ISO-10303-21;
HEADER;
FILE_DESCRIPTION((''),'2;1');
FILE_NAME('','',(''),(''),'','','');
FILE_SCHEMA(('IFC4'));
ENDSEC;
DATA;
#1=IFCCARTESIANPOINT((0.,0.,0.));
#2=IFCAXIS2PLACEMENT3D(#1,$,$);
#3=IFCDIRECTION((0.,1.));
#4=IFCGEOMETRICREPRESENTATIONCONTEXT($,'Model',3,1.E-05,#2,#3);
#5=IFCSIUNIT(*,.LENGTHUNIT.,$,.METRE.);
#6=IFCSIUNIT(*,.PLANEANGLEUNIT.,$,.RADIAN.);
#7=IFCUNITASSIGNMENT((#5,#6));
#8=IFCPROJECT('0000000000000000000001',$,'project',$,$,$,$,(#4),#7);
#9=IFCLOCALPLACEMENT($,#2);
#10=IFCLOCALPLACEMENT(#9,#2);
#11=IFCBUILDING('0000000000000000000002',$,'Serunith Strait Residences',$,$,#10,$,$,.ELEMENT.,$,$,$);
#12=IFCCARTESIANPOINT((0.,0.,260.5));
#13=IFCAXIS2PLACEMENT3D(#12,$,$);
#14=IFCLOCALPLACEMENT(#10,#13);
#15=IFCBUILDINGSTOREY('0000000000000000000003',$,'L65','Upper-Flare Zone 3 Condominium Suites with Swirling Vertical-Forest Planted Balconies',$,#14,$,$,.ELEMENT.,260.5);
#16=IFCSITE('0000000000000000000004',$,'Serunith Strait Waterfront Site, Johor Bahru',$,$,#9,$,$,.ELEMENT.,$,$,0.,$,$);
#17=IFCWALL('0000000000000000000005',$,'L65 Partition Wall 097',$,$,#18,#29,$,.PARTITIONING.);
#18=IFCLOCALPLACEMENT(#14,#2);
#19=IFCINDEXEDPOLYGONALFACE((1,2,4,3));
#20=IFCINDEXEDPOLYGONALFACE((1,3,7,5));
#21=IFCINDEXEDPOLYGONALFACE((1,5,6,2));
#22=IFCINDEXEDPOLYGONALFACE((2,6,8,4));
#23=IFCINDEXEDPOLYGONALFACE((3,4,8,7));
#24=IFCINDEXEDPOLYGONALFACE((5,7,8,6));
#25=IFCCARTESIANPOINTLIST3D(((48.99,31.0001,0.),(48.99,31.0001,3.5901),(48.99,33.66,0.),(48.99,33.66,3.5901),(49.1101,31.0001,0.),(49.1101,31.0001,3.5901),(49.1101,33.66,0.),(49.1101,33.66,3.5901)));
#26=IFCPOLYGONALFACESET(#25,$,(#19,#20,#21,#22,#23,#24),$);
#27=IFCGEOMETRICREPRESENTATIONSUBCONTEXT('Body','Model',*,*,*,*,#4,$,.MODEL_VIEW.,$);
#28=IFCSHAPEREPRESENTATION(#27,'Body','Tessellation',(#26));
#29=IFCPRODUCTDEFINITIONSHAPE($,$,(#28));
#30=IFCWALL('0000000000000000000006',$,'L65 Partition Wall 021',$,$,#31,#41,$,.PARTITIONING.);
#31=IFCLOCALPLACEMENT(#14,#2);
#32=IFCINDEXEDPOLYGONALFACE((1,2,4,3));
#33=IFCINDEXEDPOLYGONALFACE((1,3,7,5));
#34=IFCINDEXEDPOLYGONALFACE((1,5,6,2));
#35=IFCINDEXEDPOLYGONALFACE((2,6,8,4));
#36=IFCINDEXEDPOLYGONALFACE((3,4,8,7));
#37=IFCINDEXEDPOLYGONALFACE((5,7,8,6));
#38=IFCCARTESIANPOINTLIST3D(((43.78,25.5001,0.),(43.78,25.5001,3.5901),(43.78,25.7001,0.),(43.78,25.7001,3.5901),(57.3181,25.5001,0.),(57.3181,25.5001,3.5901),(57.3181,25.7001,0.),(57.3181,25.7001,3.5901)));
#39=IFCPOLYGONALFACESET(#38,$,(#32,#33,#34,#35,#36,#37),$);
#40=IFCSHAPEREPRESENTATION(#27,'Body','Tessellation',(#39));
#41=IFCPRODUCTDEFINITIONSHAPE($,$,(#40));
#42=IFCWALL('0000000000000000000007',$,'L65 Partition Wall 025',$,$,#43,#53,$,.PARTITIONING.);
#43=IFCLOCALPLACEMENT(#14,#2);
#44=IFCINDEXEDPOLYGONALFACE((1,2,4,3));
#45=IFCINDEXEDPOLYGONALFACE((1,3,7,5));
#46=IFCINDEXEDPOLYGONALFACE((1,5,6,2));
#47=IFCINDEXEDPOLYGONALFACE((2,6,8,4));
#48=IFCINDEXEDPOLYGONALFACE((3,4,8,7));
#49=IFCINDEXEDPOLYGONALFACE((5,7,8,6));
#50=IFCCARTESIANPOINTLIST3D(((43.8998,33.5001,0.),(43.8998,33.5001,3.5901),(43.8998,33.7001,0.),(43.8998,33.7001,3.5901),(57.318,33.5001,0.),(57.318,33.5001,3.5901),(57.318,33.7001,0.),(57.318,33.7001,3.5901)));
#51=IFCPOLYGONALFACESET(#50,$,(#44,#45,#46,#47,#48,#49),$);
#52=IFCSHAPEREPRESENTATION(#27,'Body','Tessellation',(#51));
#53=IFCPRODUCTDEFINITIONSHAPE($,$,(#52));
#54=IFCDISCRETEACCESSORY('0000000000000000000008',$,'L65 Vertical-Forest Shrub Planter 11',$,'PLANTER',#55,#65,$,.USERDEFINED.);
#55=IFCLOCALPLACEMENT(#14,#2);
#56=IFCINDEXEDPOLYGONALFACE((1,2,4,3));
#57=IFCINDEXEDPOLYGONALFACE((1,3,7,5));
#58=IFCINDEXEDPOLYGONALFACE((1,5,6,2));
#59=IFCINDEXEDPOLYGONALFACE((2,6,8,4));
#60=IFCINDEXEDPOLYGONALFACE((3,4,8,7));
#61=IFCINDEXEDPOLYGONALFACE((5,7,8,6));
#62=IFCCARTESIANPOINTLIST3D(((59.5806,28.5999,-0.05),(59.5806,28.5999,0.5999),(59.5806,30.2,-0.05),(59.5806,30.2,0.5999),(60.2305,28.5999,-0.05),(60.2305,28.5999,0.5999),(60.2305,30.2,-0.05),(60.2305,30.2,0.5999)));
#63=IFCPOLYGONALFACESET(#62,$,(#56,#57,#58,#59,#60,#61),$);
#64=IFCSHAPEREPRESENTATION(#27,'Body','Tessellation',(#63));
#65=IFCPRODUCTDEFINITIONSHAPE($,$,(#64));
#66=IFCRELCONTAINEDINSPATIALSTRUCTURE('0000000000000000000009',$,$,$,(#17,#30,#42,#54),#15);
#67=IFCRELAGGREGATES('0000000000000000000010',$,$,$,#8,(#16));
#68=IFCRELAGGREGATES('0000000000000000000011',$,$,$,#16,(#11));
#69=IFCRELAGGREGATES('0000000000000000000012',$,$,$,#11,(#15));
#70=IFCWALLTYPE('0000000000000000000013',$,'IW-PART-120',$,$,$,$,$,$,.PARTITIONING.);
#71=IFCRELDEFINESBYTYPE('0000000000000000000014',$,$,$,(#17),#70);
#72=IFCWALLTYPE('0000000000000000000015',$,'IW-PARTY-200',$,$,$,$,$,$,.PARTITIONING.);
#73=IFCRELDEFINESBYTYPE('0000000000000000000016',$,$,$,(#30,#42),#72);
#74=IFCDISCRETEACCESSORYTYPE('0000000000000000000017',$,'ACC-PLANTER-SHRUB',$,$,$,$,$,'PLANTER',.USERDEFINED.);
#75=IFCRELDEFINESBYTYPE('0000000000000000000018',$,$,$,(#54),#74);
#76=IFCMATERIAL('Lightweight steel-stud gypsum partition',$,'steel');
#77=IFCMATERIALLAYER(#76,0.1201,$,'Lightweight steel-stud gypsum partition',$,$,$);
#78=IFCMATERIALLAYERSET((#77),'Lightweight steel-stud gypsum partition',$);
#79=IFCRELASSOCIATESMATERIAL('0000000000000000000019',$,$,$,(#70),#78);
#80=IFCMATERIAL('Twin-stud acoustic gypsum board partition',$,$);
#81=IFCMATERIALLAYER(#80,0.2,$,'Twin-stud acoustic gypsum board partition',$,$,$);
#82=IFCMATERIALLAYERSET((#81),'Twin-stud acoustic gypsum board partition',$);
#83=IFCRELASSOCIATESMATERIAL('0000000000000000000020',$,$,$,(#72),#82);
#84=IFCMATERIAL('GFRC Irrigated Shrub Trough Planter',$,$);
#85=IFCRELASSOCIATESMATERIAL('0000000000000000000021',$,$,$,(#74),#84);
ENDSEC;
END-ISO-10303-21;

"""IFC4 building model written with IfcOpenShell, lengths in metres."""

from ifc_helpers import new_model, si_unit, direction, frame, frame_2d, origin, origin_2d, place, context, subcontext, project, spatial, rectangle, extrude, source, transform, mapped, material, layer, layer_set, type_object, element, save


model = new_model("IFC4")

# Units and contexts
model_context = context("Model", 3, precision=1e-05, world=origin(), true_north=direction((0.0, 1.0)))
body_context = subcontext(model_context, "Body", "Model", "MODEL_VIEW")
ifc_project = project(units=[si_unit("LENGTHUNIT", "METRE"), si_unit("PLANEANGLEUNIT", "RADIAN")], contexts=[model_context])

# Site, building, storey
site_placement = place(None, origin())
site = spatial("IfcSite", under=ifc_project, at=site_placement, Name="Serunith Strait Waterfront Site, Johor Bahru", CompositionType="ELEMENT", RefElevation=0.0)
building_placement = place(site_placement, origin())
building = spatial("IfcBuilding", under=site, at=building_placement, Name="Serunith Strait Residences", CompositionType="ELEMENT")
storey_placement = place(building_placement, frame((0.0, 0.0, 260.5)))
storey = spatial("IfcBuildingStorey", under=building, at=storey_placement, Name="L65", Description="Upper-Flare Zone 3 Condominium Suites with Swirling Vertical-Forest Planted Balconies", CompositionType="ELEMENT", Elevation=260.5)

# Shared definitions
ifc_material_1 = material(Name="Lightweight steel-stud gypsum partition", Category="steel")
ifc_layer_1 = layer(ifc_material_1, 0.1201, Name="Lightweight steel-stud gypsum partition")
ifc_layer_set_1 = layer_set([ifc_layer_1], Name="Lightweight steel-stud gypsum partition")
wall_type_1 = type_object("IfcWallType", Name="IW-PART-120", PredefinedType="PARTITIONING", material=ifc_layer_set_1)

# Walls
for number, where, z_axis, x_axis, name in (
    (1, (49.05, 31.0, 0.0), (0.0, 0.0, 1.0), (0.0, 1.0, 0.0), "L65 Partition Wall 097"),
):
    element("IfcWall", number, at=place(storey_placement, frame(where, z_axis=z_axis, x_axis=x_axis)), inside=storey, type_object=wall_type_1, Name=name, PredefinedType="PARTITIONING", context=body_context, shape_type="SweptSolid", body=[
        extrude(rectangle(XDim=2.6599, YDim=0.1201, at=frame_2d((1.3301, 0.0))), origin(), (0.0, 0.0, 1.0), 3.5901),
    ])
ifc_material_2 = material(Name="Twin-stud acoustic gypsum board partition")
ifc_layer_2 = layer(ifc_material_2, 0.2, Name="Twin-stud acoustic gypsum board partition")
ifc_layer_set_2 = layer_set([ifc_layer_2], Name="Twin-stud acoustic gypsum board partition")
wall_type_2 = type_object("IfcWallType", Name="IW-PARTY-200", PredefinedType="PARTITIONING", material=ifc_layer_set_2)
wall_1_placement = place(storey_placement, frame((43.78, 25.6001, 0.0), z_axis=(0.0, 0.0, 1.0), x_axis=(1.0, 0.0, 0.0)))
element("IfcWall", 2, at=wall_1_placement, inside=storey, type_object=wall_type_2, Name="L65 Partition Wall 021", PredefinedType="PARTITIONING", context=body_context, shape_type="SweptSolid", body=[
    extrude(rectangle(XDim=13.5381, YDim=0.2, at=frame_2d((6.769, 0.0))), origin(), (0.0, 0.0, 1.0), 3.5901),
])
wall_2_placement = place(storey_placement, frame((43.8999, 33.6001, 0.0), z_axis=(0.0, 0.0, 1.0), x_axis=(1.0, 0.0, 0.0)))
element("IfcWall", 3, at=wall_2_placement, inside=storey, type_object=wall_type_2, Name="L65 Partition Wall 025", PredefinedType="PARTITIONING", context=body_context, shape_type="SweptSolid", body=[
    extrude(rectangle(XDim=13.4182, YDim=0.2, at=frame_2d((6.709, 0.0))), origin(), (0.0, 0.0, 1.0), 3.5901),
])

# Discrete accessory
ifc_material_3 = material(Name="GFRC Irrigated Shrub Trough Planter")
discrete_accessory_type = type_object("IfcDiscreteAccessoryType", Name="ACC-PLANTER-SHRUB", ElementType="PLANTER", PredefinedType="USERDEFINED", material=ifc_material_3)
shared_shape_1 = source(origin(), body_context, "Body", "SweptSolid", [
    extrude(rectangle(XDim=1.6001, YDim=0.6499, at=origin_2d()), origin(), (0.0, 0.0, 1.0), 0.6499),
])
discrete_accessory_placement = place(storey_placement, frame((59.9055, 29.3999, -0.05), z_axis=(0.0, 0.0, 1.0), x_axis=(0.0, 1.0, 0.0)))
element("IfcDiscreteAccessory", 4, at=discrete_accessory_placement, inside=storey, type_object=discrete_accessory_type, Name="L65 Vertical-Forest Shrub Planter 11", ObjectType="PLANTER", PredefinedType="USERDEFINED", context=body_context, shape_type="MappedRepresentation", body=[
    mapped(shared_shape_1, transform((0.0, 0.0, 0.0), scale=1.0)),
])

save(model, "model.ifc")
